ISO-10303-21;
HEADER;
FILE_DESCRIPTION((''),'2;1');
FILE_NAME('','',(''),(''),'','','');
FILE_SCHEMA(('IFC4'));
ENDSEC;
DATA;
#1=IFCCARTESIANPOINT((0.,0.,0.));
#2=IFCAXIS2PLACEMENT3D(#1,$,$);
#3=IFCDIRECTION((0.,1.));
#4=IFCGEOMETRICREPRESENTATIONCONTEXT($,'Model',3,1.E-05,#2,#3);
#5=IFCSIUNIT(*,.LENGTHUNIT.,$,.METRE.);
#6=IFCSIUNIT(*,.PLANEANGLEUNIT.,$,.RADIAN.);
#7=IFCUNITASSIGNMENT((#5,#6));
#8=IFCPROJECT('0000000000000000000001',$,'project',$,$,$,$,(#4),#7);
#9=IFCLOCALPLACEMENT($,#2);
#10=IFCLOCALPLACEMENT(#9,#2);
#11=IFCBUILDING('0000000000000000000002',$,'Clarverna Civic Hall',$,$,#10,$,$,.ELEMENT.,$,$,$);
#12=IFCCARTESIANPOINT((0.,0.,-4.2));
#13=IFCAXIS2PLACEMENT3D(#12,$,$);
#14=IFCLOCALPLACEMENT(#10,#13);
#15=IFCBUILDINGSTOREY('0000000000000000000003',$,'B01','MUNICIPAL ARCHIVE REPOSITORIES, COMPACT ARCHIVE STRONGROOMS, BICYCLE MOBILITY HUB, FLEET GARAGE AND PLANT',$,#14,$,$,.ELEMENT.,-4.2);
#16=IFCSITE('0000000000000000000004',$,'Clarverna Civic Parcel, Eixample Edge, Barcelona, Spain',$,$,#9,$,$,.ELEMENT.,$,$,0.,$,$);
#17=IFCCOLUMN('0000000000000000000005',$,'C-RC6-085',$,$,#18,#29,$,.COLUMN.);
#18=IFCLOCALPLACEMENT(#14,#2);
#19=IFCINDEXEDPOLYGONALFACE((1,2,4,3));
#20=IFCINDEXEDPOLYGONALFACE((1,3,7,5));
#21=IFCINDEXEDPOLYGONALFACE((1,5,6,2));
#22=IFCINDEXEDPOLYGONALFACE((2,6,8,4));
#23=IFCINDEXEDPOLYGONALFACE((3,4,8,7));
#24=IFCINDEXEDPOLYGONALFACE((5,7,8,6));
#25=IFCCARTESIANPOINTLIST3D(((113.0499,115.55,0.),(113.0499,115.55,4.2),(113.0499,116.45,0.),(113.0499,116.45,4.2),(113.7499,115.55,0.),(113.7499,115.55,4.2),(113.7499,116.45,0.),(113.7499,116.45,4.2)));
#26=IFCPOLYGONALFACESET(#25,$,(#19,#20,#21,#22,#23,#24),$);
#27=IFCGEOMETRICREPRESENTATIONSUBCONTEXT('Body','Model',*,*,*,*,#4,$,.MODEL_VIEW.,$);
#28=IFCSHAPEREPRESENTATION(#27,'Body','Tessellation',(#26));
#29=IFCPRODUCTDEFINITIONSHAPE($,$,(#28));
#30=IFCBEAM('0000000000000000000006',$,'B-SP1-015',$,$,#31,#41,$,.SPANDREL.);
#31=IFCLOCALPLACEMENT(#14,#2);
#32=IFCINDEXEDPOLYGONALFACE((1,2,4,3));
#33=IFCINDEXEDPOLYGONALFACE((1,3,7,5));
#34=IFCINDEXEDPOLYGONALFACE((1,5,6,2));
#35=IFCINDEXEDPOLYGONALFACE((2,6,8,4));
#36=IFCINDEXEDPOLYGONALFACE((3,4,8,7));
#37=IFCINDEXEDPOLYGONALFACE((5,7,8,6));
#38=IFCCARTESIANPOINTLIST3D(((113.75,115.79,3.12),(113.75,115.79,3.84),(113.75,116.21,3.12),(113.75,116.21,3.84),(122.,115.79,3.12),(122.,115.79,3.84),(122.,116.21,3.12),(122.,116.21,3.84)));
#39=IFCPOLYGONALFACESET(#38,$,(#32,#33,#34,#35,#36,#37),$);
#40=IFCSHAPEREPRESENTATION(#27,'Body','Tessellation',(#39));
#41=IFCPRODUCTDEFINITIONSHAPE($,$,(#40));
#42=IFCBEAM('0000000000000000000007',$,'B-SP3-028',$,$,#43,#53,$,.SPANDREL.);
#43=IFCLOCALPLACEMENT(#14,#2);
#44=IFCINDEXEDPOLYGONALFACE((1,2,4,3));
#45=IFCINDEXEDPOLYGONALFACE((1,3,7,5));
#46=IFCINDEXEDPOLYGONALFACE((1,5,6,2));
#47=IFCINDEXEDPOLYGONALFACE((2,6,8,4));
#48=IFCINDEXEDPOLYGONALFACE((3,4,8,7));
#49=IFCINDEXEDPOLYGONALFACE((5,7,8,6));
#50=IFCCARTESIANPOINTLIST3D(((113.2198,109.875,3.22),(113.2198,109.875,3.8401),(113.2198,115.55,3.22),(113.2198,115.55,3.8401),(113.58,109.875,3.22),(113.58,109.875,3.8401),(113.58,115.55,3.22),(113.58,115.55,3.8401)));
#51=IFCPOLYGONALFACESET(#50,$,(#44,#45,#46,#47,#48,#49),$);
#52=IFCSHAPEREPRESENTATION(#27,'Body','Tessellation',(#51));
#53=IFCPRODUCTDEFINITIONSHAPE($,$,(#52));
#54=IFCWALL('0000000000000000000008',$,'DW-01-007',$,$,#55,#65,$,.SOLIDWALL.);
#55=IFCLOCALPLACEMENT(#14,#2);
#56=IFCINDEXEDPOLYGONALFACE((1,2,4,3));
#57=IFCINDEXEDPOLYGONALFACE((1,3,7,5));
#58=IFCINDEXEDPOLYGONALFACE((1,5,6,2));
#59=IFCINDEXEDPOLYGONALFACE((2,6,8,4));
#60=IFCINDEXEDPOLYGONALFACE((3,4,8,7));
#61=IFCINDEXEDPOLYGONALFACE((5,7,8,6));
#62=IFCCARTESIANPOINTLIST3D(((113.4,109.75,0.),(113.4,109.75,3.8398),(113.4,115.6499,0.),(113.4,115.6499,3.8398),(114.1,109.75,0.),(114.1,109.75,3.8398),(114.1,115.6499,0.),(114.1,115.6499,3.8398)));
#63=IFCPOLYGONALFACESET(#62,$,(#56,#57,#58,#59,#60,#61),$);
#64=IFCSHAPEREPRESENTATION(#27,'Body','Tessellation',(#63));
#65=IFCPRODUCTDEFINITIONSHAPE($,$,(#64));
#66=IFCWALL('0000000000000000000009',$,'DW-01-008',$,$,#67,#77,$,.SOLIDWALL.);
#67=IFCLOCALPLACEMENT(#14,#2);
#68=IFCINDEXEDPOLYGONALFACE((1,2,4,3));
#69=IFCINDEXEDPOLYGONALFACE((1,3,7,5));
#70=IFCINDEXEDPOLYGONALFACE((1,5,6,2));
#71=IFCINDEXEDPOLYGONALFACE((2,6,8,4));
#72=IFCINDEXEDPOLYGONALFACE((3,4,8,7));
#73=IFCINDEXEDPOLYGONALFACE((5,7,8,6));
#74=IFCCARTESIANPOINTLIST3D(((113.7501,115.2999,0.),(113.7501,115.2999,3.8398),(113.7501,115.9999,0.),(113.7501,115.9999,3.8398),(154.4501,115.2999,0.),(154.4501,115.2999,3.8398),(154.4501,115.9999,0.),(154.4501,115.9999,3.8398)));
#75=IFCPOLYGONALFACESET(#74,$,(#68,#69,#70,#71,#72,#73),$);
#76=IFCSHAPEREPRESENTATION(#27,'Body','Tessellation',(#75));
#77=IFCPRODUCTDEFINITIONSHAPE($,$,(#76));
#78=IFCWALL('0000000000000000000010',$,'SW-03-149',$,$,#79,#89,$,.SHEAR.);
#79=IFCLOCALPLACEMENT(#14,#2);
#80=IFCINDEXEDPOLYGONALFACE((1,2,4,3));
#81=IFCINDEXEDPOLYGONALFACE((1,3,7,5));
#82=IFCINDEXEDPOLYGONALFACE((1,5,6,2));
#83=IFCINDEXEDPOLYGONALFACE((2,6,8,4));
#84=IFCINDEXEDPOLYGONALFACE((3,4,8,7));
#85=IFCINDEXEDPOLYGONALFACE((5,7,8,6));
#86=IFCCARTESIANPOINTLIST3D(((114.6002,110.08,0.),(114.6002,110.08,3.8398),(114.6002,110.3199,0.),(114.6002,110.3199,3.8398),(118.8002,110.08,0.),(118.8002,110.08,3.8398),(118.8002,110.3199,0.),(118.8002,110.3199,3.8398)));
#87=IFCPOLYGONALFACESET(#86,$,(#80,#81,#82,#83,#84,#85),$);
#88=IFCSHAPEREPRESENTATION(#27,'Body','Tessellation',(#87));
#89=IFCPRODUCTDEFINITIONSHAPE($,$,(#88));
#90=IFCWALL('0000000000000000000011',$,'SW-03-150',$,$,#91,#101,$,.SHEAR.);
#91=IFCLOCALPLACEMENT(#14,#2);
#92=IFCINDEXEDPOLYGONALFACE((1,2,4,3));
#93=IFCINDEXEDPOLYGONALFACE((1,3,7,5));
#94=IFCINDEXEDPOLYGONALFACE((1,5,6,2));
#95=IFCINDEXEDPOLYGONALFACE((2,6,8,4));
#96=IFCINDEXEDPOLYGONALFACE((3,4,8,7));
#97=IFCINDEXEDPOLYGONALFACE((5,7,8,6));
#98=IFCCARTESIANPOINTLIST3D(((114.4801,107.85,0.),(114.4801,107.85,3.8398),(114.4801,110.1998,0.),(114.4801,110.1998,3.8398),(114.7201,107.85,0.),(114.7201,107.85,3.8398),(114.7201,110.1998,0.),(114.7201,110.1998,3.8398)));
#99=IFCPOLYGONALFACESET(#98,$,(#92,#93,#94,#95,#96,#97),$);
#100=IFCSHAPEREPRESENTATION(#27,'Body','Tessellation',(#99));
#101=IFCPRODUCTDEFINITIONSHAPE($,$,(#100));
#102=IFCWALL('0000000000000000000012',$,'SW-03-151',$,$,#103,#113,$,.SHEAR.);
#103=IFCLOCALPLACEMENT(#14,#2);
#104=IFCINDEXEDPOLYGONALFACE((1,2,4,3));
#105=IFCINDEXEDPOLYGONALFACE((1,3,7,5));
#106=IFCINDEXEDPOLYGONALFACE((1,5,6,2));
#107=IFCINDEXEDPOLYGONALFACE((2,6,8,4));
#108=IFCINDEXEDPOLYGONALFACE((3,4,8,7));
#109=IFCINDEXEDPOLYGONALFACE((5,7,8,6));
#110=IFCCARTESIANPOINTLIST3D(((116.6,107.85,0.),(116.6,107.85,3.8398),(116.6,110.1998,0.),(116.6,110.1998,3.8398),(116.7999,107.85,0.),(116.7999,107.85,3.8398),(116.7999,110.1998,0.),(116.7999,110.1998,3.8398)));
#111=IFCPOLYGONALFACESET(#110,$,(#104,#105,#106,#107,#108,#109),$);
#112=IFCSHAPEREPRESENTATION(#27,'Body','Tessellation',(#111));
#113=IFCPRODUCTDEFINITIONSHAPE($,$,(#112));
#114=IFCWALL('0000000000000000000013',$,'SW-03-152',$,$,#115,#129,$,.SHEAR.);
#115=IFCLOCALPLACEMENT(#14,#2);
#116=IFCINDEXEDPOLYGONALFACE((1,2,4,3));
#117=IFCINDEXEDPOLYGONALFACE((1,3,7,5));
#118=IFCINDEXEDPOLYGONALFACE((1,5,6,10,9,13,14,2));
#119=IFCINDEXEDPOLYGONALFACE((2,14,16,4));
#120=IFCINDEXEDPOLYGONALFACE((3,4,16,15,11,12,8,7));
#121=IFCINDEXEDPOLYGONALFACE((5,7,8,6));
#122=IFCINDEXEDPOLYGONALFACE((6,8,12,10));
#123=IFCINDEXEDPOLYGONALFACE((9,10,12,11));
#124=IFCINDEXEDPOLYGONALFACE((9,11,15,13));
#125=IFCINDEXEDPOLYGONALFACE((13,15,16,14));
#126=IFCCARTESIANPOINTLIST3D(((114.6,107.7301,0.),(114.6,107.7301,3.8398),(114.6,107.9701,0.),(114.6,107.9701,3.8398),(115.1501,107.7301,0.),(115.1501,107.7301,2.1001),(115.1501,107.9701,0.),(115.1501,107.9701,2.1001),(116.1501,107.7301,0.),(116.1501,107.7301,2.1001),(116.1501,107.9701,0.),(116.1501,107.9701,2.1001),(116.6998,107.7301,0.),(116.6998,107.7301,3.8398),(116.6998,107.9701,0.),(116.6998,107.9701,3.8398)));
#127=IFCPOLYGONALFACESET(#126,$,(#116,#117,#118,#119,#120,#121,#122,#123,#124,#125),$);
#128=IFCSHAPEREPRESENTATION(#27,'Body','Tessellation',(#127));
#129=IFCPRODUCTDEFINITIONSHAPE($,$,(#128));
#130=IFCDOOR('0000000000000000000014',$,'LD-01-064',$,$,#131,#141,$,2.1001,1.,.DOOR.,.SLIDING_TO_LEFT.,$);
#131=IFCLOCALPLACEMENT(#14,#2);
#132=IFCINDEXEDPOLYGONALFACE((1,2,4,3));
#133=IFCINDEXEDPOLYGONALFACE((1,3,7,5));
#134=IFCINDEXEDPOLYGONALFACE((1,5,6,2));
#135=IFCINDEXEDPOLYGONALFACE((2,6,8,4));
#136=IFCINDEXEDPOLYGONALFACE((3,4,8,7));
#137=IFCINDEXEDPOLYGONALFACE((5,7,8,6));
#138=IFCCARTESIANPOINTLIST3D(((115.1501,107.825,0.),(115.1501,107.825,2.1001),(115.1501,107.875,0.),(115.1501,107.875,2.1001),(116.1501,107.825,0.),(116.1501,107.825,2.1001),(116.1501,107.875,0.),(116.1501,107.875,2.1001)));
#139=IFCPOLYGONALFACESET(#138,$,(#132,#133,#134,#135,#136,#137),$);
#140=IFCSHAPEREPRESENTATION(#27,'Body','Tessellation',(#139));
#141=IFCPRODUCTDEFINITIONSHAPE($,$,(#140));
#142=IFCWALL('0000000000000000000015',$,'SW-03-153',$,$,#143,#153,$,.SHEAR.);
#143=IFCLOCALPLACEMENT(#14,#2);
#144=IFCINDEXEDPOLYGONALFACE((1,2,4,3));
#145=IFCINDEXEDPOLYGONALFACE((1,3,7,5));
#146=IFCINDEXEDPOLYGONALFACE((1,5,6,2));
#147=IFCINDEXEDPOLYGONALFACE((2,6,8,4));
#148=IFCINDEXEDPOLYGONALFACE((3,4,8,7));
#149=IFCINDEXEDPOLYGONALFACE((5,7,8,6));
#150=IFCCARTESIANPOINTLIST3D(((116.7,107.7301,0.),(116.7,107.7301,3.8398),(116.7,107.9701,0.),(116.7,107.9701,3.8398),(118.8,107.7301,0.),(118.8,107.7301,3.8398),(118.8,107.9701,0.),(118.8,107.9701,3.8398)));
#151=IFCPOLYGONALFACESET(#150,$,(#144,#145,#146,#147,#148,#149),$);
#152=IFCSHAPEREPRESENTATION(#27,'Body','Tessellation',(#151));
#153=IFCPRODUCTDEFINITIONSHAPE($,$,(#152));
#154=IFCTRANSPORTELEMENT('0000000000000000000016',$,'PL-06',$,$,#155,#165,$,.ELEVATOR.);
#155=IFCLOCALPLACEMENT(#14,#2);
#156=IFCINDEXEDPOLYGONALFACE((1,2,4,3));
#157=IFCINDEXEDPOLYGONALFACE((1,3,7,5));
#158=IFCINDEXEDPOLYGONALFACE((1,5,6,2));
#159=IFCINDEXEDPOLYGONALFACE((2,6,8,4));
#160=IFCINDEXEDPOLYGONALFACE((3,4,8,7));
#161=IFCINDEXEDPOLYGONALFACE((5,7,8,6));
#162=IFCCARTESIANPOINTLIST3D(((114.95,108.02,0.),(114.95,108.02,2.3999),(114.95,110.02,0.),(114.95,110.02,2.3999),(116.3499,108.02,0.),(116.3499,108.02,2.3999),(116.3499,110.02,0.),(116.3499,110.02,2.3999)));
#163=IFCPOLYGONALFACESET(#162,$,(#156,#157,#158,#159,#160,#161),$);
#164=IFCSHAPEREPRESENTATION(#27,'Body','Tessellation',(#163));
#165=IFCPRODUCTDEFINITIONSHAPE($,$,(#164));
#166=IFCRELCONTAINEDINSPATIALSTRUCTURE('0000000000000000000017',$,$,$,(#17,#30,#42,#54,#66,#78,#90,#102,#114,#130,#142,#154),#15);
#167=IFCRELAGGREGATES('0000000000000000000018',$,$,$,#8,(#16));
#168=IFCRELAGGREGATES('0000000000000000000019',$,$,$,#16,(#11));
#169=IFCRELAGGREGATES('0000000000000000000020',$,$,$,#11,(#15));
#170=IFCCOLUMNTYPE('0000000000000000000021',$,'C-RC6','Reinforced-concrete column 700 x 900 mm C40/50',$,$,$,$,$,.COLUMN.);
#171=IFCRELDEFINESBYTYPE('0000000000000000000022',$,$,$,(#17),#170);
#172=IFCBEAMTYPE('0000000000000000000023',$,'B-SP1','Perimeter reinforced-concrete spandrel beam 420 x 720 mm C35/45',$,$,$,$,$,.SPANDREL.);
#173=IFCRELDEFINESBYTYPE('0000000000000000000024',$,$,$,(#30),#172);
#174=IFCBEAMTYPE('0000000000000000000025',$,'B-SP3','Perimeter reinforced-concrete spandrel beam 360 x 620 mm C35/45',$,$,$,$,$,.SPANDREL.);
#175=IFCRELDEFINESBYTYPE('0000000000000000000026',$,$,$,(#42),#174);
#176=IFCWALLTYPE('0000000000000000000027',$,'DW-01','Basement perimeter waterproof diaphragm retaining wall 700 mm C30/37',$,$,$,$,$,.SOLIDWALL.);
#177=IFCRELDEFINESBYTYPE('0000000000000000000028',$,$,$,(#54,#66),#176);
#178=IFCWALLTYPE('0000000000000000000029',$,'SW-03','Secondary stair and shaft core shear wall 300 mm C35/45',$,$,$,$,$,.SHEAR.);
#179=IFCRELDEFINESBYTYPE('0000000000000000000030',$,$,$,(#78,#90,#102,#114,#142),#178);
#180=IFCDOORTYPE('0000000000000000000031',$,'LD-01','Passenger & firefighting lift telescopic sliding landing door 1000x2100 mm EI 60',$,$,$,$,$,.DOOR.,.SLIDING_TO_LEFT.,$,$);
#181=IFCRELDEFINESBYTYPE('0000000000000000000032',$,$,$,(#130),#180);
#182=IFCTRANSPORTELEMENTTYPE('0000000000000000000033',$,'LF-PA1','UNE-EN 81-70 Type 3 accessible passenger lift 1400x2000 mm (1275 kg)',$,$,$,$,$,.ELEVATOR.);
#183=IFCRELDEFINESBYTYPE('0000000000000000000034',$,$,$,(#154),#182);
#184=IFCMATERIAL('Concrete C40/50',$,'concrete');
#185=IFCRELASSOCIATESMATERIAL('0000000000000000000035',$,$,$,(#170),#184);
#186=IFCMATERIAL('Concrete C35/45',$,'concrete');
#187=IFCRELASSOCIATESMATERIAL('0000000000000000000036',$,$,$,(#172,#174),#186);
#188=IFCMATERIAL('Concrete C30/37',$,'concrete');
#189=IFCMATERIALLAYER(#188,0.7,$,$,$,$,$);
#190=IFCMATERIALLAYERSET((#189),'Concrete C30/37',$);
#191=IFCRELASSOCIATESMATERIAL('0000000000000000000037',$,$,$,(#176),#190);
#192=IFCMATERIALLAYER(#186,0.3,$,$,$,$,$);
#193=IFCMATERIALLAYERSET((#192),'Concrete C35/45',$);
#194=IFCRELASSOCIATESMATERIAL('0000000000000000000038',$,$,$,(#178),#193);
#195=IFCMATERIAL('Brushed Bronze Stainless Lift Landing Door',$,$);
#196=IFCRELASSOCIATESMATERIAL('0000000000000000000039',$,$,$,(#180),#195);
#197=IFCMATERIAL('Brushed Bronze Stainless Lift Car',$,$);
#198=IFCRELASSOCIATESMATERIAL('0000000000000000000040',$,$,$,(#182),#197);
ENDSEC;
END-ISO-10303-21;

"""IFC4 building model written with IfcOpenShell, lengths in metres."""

from ifc_helpers import new_model, si_unit, direction, frame, frame_2d, origin, origin_2d, place, context, subcontext, project, spatial, rectangle, extrude, material, layer, layer_set, material_profile, profile_set, type_object, element, fill, save


model = new_model("IFC4")

# Units and contexts
model_context = context("Model", 3, precision=1e-05, world=origin(), true_north=direction((0.0, 1.0)))
body_context = subcontext(model_context, "Body", "Model", "MODEL_VIEW")
ifc_project = project(units=[si_unit("LENGTHUNIT", "METRE"), si_unit("PLANEANGLEUNIT", "RADIAN")], contexts=[model_context])

# Site, building, storey
site_placement = place(None, origin())
site = spatial("IfcSite", under=ifc_project, at=site_placement, Name="Clarverna Civic Parcel, Eixample Edge, Barcelona, Spain", CompositionType="ELEMENT", RefElevation=0.0)
building_placement = place(site_placement, origin())
building = spatial("IfcBuilding", under=site, at=building_placement, Name="Clarverna Civic Hall", CompositionType="ELEMENT")
storey_placement = place(building_placement, frame((0.0, 0.0, -4.2)))
storey = spatial("IfcBuildingStorey", under=building, at=storey_placement, Name="B01", Description="MUNICIPAL ARCHIVE REPOSITORIES, COMPACT ARCHIVE STRONGROOMS, BICYCLE MOBILITY HUB, FLEET GARAGE AND PLANT", CompositionType="ELEMENT", Elevation=-4.2)

# Shared definitions
ifc_material_1 = material(Name="Concrete C30/37", Category="concrete")

# Column
ifc_material_2 = material(Name="Concrete C40/50", Category="concrete")
ifc_material_profile_1 = material_profile(ifc_material_2, rectangle(XDim=0.7, YDim=0.8999, at=origin_2d()), Name="RC 700x900")
ifc_profile_set_1 = profile_set([ifc_material_profile_1], Name="Concrete C40/50")
column_type_1 = type_object("IfcColumnType", Name="C-RC6", Description="Reinforced-concrete column 700 x 900 mm C40/50", PredefinedType="COLUMN", material=ifc_profile_set_1)
column_1_placement = place(storey_placement, frame((113.3999, 116.0, 0.0), z_axis=(0.0, 0.0, 1.0), x_axis=(1.0, 0.0, 0.0)))
element("IfcColumn", 1, at=column_1_placement, inside=storey, type_object=column_type_1, Name="C-RC6-085", PredefinedType="COLUMN", context=body_context, shape_type="SweptSolid", body=[
    extrude(rectangle(XDim=0.7, YDim=0.8999, at=origin_2d()), origin(), (0.0, 0.0, 1.0), 4.2),
])

# Beams
ifc_material_3 = material(Name="Concrete C35/45", Category="concrete")
ifc_material_profile_2 = material_profile(ifc_material_3, rectangle(XDim=0.4199, YDim=0.72, at=origin_2d()), Name="RC 420x720")
ifc_profile_set_2 = profile_set([ifc_material_profile_2], Name="Concrete C35/45")
beam_type_1 = type_object("IfcBeamType", Name="B-SP1", Description="Perimeter reinforced-concrete spandrel beam 420 x 720 mm C35/45", PredefinedType="SPANDREL", material=ifc_profile_set_2)
beam_1_placement = place(storey_placement, frame((113.75, 116.0, 3.48), z_axis=(1.0, 0.0, 0.0), x_axis=(0.0, 1.0, 0.0)))
element("IfcBeam", 2, at=beam_1_placement, inside=storey, type_object=beam_type_1, Name="B-SP1-015", PredefinedType="SPANDREL", context=body_context, shape_type="SweptSolid", body=[
    extrude(rectangle(XDim=0.4199, YDim=0.72, at=origin_2d()), origin(), (0.0, 0.0, 1.0), 8.25),
])
ifc_material_profile_3 = material_profile(ifc_material_3, rectangle(XDim=0.3601, YDim=0.6201, at=origin_2d()), Name="RC 360x620")
ifc_profile_set_3 = profile_set([ifc_material_profile_3], Name="Concrete C35/45")
beam_type_2 = type_object("IfcBeamType", Name="B-SP3", Description="Perimeter reinforced-concrete spandrel beam 360 x 620 mm C35/45", PredefinedType="SPANDREL", material=ifc_profile_set_3)
beam_2_placement = place(storey_placement, frame((113.3999, 109.875, 3.53), z_axis=(0.0, 1.0, 0.0), x_axis=(-1.0, 0.0, 0.0)))
element("IfcBeam", 3, at=beam_2_placement, inside=storey, type_object=beam_type_2, Name="B-SP3-028", PredefinedType="SPANDREL", context=body_context, shape_type="SweptSolid", body=[
    extrude(rectangle(XDim=0.3601, YDim=0.6201, at=origin_2d()), origin(), (0.0, 0.0, 1.0), 5.675),
])

# Walls
ifc_layer_1 = layer(ifc_material_1, 0.7)
ifc_layer_set_1 = layer_set([ifc_layer_1], Name="Concrete C30/37")
wall_type_1 = type_object("IfcWallType", Name="DW-01", Description="Basement perimeter waterproof diaphragm retaining wall 700 mm C30/37", PredefinedType="SOLIDWALL", material=ifc_layer_set_1)
wall_1_placement = place(storey_placement, frame((113.75, 109.75, 0.0), z_axis=(0.0, 0.0, 1.0), x_axis=(0.0, 1.0, 0.0)))
element("IfcWall", 4, at=wall_1_placement, inside=storey, type_object=wall_type_1, Name="DW-01-007", PredefinedType="SOLIDWALL", context=body_context, shape_type="SweptSolid", body=[
    extrude(rectangle(XDim=5.8999, YDim=0.7, at=frame_2d((2.95, 0.0))), origin(), (0.0, 0.0, 1.0), 3.8398),
])
wall_2_placement = place(storey_placement, frame((113.75, 115.6499, 0.0), z_axis=(0.0, 0.0, 1.0), x_axis=(1.0, 0.0, 0.0)))
element("IfcWall", 5, at=wall_2_placement, inside=storey, type_object=wall_type_1, Name="DW-01-008", PredefinedType="SOLIDWALL", context=body_context, shape_type="SweptSolid", body=[
    extrude(rectangle(XDim=40.7, YDim=0.7, at=frame_2d((20.3501, 0.0))), origin(), (0.0, 0.0, 1.0), 3.8398),
])

# Walls
ifc_layer_2 = layer(ifc_material_3, 0.3)
ifc_layer_set_2 = layer_set([ifc_layer_2], Name="Concrete C35/45")
wall_type_2 = type_object("IfcWallType", Name="SW-03", Description="Secondary stair and shaft core shear wall 300 mm C35/45", PredefinedType="SHEAR", material=ifc_layer_set_2)
wall_3_placement = place(storey_placement, frame((114.6001, 110.2, 0.0), z_axis=(0.0, 0.0, 1.0), x_axis=(1.0, 0.0, 0.0)))
element("IfcWall", 6, at=wall_3_placement, inside=storey, type_object=wall_type_2, Name="SW-03-149", PredefinedType="SHEAR", context=body_context, shape_type="SweptSolid", body=[
    extrude(rectangle(XDim=4.2, YDim=0.24, at=frame_2d((2.1001, 0.0))), origin(), (0.0, 0.0, 1.0), 3.8398),
])
wall_4_placement = place(storey_placement, frame((114.6001, 107.8501, 0.0), z_axis=(0.0, 0.0, 1.0), x_axis=(0.0, 1.0, 0.0)))
element("IfcWall", 7, at=wall_4_placement, inside=storey, type_object=wall_type_2, Name="SW-03-150", PredefinedType="SHEAR", context=body_context, shape_type="SweptSolid", body=[
    extrude(rectangle(XDim=2.3499, YDim=0.24, at=frame_2d((1.1748, 0.0))), origin(), (0.0, 0.0, 1.0), 3.8398),
])
wall_5_placement = place(storey_placement, frame((116.7, 107.8501, 0.0), z_axis=(0.0, 0.0, 1.0), x_axis=(0.0, 1.0, 0.0)))
element("IfcWall", 8, at=wall_5_placement, inside=storey, type_object=wall_type_2, Name="SW-03-151", PredefinedType="SHEAR", context=body_context, shape_type="SweptSolid", body=[
    extrude(rectangle(XDim=2.3499, YDim=0.2, at=frame_2d((1.1748, 0.0))), origin(), (0.0, 0.0, 1.0), 3.8398),
])

# Wall, opening, door
wall_6_placement = place(storey_placement, frame((114.6001, 107.8501, 0.0), z_axis=(0.0, 0.0, 1.0), x_axis=(1.0, 0.0, 0.0)))
wall_6 = element("IfcWall", 9, at=wall_6_placement, inside=storey, type_object=wall_type_2, Name="SW-03-152", PredefinedType="SHEAR", context=body_context, shape_type="SweptSolid", body=[
    extrude(rectangle(XDim=2.0999, YDim=0.24, at=frame_2d((1.0498, 0.0))), origin(), (0.0, 0.0, 1.0), 3.8398),
])
opening_1_placement = place(wall_6_placement, frame((0.55, 0.0, 0.0)))
opening_1 = element("IfcOpeningElement", 10, at=opening_1_placement, cuts=wall_6, PredefinedType="OPENING", context=body_context, shape_type="SweptSolid", body=[
    extrude(rectangle(XDim=1.0, YDim=2.1001, at=frame_2d((0.5, 1.05))), frame((0.0, 0.1299, 0.0), z_axis=(0.0, -1.0, 0.0), x_axis=(1.0, 0.0, 0.0)), (0.0, 0.0, 1.0), 0.26),
])
ifc_material_4 = material(Name="Brushed Bronze Stainless Lift Landing Door")
door_type_1 = type_object("IfcDoorType", Name="LD-01", Description="Passenger & firefighting lift telescopic sliding landing door 1000x2100 mm EI 60", OperationType="SLIDING_TO_LEFT", PredefinedType="DOOR", material=ifc_material_4)
door_1_placement = place(opening_1_placement, origin())
door_1 = element("IfcDoor", 11, at=door_1_placement, inside=storey, type_object=door_type_1, Name="LD-01-064", OperationType="SLIDING_TO_LEFT", OverallHeight=2.1001, OverallWidth=1.0, PredefinedType="DOOR", context=body_context, shape_type="SweptSolid", body=[
    extrude(rectangle(XDim=1.0, YDim=2.1001, at=frame_2d((0.5, 1.05))), frame((0.0, 0.0249, 0.0), z_axis=(0.0, -1.0, 0.0), x_axis=(1.0, 0.0, 0.0)), (0.0, 0.0, 1.0), 0.05),
])
fill(opening_1, door_1)

# Wall
wall_7_placement = place(storey_placement, frame((116.7, 107.8501, 0.0), z_axis=(0.0, 0.0, 1.0), x_axis=(1.0, 0.0, 0.0)))
element("IfcWall", 12, at=wall_7_placement, inside=storey, type_object=wall_type_2, Name="SW-03-153", PredefinedType="SHEAR", context=body_context, shape_type="SweptSolid", body=[
    extrude(rectangle(XDim=2.1001, YDim=0.24, at=frame_2d((1.05, 0.0))), origin(), (0.0, 0.0, 1.0), 3.8398),
])

# Transport element
ifc_material_5 = material(Name="Brushed Bronze Stainless Lift Car")
transport_element_type = type_object("IfcTransportElementType", Name="LF-PA1", Description="UNE-EN 81-70 Type 3 accessible passenger lift 1400x2000 mm (1275 kg)", PredefinedType="ELEVATOR", material=ifc_material_5)
transport_element_placement = place(storey_placement, frame((115.6499, 109.02, 0.0), z_axis=(0.0, 0.0, 1.0), x_axis=(1.0, 0.0, 0.0)))
element("IfcTransportElement", 13, at=transport_element_placement, inside=storey, type_object=transport_element_type, Name="PL-06", PredefinedType="ELEVATOR", context=body_context, shape_type="SweptSolid", body=[
    extrude(rectangle(XDim=1.3999, YDim=2.0, at=origin_2d()), origin(), (0.0, 0.0, 1.0), 2.3999),
])

save(model, "model.ifc")
